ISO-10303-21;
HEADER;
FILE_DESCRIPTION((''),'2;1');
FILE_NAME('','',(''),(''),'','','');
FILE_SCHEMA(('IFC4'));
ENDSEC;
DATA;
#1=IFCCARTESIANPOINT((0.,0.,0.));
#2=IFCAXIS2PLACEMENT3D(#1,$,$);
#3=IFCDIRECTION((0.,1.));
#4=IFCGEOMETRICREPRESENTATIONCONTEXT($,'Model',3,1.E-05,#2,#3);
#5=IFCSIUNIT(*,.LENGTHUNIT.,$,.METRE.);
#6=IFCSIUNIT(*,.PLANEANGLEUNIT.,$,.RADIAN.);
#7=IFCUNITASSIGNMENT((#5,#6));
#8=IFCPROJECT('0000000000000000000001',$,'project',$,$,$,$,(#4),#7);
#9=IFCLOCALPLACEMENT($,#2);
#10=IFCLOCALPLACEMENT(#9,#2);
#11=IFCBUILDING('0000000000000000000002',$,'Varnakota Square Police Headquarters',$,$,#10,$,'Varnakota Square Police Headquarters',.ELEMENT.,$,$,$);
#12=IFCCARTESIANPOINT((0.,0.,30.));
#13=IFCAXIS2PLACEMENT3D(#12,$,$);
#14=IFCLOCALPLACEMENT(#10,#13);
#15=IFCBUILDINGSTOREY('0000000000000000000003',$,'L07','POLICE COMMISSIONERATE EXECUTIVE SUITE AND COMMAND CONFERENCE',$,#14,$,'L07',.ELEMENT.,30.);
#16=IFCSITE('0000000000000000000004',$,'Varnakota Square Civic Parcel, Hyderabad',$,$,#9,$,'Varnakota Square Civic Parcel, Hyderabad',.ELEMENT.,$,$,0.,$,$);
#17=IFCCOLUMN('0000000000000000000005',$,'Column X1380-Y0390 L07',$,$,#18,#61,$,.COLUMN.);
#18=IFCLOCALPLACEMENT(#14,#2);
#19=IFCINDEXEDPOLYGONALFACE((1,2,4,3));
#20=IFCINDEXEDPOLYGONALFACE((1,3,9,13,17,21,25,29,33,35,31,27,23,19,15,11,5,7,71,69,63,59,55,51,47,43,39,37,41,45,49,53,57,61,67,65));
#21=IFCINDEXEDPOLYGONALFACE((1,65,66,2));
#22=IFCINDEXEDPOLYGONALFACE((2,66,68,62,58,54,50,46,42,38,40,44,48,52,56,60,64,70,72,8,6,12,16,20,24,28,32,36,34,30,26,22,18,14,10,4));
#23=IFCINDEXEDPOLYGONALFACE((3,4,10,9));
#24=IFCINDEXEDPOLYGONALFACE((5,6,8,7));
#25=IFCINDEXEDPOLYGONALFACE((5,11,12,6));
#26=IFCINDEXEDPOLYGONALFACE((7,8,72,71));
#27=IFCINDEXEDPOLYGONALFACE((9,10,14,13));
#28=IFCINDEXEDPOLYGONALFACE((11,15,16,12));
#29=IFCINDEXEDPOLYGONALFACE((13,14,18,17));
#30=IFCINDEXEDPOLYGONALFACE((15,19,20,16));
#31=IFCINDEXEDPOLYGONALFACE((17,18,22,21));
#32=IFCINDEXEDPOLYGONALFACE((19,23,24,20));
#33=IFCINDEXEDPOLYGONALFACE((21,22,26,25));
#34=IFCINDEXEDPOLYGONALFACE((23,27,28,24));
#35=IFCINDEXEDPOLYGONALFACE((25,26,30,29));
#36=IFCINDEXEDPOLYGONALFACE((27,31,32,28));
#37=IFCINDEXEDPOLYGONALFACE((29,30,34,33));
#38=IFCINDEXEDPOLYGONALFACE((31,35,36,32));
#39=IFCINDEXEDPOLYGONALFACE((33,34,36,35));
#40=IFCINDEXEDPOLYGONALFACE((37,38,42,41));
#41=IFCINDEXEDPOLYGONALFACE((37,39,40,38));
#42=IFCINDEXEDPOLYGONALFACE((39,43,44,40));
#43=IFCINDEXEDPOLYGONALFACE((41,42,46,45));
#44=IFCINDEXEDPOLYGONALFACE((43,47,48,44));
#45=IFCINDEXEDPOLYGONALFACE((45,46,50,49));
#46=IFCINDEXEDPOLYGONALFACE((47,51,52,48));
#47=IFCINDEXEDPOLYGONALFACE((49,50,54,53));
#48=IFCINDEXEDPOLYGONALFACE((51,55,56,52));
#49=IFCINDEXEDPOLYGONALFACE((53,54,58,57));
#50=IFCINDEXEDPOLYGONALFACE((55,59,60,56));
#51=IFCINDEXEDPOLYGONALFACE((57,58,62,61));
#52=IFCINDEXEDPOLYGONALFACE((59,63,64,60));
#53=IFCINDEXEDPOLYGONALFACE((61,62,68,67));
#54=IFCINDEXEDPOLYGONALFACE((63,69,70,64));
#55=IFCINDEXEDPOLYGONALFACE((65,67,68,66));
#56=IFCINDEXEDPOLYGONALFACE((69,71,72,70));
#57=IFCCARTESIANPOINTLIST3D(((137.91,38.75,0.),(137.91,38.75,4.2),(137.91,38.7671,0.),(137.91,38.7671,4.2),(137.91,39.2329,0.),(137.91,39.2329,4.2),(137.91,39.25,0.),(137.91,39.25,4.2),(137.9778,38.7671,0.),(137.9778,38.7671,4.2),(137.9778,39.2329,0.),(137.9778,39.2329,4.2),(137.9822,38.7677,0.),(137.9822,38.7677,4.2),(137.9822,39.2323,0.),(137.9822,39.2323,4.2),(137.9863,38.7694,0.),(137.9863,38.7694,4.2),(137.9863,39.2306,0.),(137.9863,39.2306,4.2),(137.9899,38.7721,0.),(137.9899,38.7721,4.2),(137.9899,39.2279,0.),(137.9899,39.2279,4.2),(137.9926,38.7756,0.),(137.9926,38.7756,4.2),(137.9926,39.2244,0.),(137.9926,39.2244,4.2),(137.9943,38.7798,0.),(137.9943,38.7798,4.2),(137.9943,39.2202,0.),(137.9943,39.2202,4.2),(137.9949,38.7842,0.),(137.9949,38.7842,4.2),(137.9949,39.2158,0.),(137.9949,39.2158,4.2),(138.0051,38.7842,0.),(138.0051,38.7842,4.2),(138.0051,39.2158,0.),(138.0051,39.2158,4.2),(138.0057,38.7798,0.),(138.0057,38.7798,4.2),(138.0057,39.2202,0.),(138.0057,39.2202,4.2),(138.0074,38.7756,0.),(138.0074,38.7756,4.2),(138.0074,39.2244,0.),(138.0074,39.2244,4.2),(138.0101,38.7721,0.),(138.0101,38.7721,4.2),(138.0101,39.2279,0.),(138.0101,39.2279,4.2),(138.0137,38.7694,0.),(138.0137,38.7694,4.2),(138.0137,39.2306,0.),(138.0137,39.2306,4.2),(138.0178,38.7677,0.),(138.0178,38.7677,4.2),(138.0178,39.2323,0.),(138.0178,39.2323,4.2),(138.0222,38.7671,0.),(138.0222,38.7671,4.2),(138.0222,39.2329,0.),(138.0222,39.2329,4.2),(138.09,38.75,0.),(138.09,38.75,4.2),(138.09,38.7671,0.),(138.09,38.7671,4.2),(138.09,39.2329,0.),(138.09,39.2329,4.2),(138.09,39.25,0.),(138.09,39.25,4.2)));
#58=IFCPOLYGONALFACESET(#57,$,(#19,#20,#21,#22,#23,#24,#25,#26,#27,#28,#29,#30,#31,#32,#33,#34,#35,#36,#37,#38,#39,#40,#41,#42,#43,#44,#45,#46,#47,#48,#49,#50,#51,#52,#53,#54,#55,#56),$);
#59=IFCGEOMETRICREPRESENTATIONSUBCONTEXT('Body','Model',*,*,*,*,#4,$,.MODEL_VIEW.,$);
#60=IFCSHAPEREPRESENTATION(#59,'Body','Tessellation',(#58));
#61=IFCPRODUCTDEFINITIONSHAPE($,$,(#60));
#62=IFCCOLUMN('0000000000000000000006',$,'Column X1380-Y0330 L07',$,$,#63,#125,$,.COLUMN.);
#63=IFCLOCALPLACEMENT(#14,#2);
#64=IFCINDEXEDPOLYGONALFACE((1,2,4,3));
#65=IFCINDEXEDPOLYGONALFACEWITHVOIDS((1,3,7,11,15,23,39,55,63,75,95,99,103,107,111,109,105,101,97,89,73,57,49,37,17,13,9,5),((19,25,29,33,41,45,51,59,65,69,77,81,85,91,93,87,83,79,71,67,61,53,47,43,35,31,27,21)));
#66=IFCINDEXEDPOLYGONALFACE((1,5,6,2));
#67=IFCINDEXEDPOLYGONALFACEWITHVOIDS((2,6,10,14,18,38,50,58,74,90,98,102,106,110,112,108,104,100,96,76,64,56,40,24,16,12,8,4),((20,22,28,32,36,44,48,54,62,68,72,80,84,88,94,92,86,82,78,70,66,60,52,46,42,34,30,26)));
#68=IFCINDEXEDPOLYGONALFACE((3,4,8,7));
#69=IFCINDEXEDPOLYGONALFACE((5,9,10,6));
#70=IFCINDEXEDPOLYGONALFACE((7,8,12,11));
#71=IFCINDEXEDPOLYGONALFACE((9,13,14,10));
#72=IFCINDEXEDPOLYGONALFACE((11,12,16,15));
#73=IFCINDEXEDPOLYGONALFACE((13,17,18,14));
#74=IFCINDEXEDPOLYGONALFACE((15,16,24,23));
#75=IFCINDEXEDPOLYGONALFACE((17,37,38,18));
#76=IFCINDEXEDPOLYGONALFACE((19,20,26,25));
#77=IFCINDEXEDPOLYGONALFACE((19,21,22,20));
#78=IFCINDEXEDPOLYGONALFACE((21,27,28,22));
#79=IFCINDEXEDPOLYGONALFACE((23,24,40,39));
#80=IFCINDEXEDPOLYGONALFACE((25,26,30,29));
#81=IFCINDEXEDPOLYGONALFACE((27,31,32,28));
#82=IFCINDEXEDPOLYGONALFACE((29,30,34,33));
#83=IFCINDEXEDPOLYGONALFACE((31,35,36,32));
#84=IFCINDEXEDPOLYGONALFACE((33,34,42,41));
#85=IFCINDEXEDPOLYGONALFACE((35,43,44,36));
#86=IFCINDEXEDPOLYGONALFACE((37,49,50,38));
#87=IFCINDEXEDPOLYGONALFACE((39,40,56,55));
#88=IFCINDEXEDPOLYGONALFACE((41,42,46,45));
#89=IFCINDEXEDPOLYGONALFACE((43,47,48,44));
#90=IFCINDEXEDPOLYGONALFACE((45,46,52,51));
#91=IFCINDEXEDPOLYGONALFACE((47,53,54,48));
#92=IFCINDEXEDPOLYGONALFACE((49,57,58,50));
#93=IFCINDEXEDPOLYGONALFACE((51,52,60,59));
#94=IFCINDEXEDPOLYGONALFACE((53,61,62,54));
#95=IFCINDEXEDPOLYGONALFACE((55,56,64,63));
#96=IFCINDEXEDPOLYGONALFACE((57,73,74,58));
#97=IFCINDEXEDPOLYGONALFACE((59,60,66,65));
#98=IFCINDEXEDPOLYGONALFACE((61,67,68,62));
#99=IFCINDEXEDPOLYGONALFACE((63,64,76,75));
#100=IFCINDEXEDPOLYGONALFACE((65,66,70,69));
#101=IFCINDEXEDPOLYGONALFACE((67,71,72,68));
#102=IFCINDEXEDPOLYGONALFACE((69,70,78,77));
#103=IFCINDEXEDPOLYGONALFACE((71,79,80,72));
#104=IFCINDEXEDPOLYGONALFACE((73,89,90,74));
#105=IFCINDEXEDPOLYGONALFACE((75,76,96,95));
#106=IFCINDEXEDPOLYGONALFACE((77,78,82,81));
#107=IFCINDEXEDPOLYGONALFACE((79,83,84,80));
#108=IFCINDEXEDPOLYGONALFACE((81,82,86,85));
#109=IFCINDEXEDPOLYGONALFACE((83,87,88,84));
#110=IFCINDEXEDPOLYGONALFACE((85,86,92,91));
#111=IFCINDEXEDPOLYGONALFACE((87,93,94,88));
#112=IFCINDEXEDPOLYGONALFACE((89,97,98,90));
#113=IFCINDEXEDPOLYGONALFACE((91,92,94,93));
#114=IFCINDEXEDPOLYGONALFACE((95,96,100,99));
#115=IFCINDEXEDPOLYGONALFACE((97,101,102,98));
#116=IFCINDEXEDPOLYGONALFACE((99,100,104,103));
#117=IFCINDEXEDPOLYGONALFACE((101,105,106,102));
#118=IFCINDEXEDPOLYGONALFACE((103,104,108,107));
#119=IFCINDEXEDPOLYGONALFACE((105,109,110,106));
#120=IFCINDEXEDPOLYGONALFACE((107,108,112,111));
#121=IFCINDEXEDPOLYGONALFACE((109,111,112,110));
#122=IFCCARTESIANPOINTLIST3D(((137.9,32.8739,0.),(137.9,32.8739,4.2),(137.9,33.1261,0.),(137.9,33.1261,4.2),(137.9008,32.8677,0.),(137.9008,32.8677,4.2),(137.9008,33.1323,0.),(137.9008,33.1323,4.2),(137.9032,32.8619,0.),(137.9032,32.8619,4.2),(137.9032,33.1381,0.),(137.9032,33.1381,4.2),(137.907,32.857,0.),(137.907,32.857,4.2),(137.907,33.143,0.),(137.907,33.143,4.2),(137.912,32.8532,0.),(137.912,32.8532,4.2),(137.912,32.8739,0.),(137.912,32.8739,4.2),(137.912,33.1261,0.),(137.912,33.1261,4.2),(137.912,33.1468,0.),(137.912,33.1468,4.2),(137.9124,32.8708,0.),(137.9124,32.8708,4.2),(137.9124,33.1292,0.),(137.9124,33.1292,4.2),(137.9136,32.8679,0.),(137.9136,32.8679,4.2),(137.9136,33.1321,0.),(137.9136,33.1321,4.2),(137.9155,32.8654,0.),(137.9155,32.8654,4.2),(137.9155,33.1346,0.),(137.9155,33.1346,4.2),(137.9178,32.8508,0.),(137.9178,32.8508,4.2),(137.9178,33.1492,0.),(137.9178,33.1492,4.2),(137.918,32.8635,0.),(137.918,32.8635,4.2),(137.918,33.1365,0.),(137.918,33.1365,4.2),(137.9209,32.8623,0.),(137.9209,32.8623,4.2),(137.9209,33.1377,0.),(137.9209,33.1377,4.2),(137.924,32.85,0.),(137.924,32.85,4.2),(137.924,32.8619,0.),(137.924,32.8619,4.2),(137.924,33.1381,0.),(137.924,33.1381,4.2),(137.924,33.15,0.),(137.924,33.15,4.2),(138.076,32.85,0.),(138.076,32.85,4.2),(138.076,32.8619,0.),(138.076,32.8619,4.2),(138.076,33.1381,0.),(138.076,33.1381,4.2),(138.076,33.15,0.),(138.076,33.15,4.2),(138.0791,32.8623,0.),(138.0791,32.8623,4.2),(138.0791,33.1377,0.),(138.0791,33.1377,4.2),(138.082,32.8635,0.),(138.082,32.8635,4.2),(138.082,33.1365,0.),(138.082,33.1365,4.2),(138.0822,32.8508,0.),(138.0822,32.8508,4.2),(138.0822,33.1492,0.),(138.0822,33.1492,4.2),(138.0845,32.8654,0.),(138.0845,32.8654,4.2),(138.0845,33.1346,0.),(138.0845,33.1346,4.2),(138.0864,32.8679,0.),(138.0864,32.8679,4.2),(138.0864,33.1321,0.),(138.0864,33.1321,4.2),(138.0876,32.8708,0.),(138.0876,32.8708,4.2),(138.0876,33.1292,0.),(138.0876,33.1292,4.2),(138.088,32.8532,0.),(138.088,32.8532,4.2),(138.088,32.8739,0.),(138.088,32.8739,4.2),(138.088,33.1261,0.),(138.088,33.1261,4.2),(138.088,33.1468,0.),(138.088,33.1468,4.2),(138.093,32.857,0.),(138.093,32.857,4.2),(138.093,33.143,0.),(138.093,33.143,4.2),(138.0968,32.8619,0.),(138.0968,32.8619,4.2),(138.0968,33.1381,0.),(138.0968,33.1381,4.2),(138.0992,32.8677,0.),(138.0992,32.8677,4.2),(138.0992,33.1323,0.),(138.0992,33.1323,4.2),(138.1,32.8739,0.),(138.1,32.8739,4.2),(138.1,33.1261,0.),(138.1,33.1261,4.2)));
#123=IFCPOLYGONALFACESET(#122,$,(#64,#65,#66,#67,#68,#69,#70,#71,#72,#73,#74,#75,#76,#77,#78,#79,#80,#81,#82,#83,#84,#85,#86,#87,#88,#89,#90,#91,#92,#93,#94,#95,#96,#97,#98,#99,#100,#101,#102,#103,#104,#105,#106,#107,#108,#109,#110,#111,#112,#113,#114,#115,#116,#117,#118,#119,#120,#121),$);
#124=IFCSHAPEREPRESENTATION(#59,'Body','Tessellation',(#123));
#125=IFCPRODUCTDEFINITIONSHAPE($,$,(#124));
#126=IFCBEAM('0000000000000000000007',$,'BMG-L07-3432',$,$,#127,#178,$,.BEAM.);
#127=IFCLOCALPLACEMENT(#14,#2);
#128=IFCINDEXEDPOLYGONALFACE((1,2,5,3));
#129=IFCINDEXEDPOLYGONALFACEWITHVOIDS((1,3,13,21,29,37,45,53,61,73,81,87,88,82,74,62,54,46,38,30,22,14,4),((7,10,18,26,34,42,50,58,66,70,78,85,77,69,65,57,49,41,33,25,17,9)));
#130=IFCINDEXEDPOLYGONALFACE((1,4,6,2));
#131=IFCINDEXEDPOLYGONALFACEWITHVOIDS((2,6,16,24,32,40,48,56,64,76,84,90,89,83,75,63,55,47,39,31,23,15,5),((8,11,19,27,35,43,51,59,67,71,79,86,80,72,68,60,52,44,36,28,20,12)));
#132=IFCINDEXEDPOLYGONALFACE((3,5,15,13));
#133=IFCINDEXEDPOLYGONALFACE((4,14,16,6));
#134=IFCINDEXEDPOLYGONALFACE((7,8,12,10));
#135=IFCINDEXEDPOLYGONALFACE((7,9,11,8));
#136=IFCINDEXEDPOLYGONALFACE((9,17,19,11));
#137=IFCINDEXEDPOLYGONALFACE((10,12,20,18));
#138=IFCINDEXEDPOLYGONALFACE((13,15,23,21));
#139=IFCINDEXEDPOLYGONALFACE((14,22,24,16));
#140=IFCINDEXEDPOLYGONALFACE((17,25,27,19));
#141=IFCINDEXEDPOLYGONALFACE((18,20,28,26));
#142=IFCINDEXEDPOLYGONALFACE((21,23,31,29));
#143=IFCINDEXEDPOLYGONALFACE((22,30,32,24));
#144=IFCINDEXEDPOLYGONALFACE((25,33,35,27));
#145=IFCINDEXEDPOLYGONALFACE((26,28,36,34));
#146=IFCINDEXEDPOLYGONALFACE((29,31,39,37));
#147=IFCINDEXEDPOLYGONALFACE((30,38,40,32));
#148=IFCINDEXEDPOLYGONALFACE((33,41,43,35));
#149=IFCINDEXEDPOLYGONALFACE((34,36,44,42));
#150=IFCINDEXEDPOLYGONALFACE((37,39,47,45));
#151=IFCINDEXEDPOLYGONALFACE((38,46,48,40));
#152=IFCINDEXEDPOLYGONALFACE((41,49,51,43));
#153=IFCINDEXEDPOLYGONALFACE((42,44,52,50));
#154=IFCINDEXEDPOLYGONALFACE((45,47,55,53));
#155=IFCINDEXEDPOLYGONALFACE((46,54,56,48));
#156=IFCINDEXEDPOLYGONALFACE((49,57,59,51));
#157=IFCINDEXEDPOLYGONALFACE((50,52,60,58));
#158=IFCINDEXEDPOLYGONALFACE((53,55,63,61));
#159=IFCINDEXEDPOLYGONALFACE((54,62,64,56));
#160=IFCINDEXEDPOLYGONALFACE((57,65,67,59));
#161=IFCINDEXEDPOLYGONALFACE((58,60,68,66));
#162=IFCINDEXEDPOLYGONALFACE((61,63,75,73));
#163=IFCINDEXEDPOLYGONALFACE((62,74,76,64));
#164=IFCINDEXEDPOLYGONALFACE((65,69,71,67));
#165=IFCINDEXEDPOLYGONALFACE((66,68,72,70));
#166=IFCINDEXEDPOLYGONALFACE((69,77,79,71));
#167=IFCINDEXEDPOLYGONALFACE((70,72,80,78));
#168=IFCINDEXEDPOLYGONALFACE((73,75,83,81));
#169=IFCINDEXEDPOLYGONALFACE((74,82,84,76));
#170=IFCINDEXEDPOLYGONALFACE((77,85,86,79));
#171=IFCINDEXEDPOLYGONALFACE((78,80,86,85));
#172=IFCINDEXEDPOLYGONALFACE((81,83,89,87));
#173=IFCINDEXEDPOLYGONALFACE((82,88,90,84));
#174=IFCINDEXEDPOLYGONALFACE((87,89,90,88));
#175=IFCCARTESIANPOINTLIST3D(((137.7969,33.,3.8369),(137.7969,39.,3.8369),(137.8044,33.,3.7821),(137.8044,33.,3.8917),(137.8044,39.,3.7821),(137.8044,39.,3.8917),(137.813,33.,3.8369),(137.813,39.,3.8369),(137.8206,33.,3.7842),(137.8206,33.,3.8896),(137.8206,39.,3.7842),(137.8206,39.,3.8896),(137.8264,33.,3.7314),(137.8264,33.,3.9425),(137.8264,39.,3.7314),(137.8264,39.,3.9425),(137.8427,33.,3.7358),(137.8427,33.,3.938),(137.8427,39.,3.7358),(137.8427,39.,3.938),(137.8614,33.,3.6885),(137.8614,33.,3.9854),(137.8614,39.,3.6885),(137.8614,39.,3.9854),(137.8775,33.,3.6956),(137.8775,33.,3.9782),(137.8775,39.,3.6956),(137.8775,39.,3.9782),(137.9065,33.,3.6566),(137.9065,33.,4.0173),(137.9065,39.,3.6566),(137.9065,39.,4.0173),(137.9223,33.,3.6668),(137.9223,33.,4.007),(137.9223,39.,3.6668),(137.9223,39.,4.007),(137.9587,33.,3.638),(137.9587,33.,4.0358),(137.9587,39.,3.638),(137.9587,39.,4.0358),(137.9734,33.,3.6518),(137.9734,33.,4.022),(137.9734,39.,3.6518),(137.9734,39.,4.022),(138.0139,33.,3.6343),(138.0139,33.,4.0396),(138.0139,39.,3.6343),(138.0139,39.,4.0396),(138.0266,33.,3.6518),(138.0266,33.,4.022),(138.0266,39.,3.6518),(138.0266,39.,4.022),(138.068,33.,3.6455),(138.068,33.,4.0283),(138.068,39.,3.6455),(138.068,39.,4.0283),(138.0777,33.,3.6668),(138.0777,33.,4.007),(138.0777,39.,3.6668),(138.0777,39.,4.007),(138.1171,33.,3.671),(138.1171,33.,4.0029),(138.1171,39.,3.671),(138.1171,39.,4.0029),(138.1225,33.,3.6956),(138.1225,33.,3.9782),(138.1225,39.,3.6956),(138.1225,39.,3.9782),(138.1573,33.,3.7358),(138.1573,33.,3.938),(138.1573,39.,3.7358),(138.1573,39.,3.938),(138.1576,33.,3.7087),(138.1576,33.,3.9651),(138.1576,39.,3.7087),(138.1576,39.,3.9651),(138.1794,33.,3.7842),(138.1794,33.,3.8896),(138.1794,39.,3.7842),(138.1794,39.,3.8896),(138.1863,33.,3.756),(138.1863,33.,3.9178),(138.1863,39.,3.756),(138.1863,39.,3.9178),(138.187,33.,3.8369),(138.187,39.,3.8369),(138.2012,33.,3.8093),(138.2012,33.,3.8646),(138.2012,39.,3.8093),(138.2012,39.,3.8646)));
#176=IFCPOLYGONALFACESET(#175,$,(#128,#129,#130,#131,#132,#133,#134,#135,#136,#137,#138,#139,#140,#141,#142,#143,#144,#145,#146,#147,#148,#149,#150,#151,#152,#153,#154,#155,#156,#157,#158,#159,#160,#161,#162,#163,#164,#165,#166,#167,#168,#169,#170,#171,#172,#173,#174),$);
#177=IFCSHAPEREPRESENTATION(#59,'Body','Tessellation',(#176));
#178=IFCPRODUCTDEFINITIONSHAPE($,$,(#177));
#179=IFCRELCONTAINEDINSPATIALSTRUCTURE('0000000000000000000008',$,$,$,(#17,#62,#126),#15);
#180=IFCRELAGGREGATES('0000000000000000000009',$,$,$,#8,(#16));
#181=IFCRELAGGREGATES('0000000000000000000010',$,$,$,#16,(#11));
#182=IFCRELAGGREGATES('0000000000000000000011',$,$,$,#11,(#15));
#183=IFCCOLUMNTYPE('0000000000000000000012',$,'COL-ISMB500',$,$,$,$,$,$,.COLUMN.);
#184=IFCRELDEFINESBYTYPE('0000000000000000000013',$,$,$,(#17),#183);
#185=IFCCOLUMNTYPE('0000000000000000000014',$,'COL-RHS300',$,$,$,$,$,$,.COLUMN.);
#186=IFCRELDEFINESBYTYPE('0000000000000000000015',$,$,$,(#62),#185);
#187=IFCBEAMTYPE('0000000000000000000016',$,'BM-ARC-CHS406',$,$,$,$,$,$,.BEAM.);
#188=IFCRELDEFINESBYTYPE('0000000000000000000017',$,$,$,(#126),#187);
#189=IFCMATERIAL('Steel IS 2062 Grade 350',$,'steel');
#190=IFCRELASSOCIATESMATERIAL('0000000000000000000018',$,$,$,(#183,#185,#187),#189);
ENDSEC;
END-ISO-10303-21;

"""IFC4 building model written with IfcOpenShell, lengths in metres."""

from ifc_helpers import new_model, si_unit, direction, frame, origin, origin_2d, place, context, subcontext, project, spatial, hollow_rectangle, hollow_circle, i_section, extrude, material, material_profile, profile_set, type_object, element, save


model = new_model("IFC4")

# Units and contexts
model_context = context("Model", 3, precision=1e-05, world=origin(), true_north=direction((0.0, 1.0)))
body_context = subcontext(model_context, "Body", "Model", "MODEL_VIEW")
ifc_project = project(units=[si_unit("LENGTHUNIT", "METRE"), si_unit("PLANEANGLEUNIT", "RADIAN")], contexts=[model_context])

# Site, building, storey
site_placement = place(None, origin())
site = spatial("IfcSite", under=ifc_project, at=site_placement, Name="Varnakota Square Civic Parcel, Hyderabad", LongName="Varnakota Square Civic Parcel, Hyderabad", CompositionType="ELEMENT", RefElevation=0.0)
building_placement = place(site_placement, origin())
building = spatial("IfcBuilding", under=site, at=building_placement, Name="Varnakota Square Police Headquarters", LongName="Varnakota Square Police Headquarters", CompositionType="ELEMENT")
storey_placement = place(building_placement, frame((0.0, 0.0, 30.0)))
storey = spatial("IfcBuildingStorey", under=building, at=storey_placement, Name="L07", Description="POLICE COMMISSIONERATE EXECUTIVE SUITE AND COMMAND CONFERENCE", LongName="L07", CompositionType="ELEMENT", Elevation=30.0)

# Columns
ifc_material_1 = material(Name="Steel IS 2062 Grade 350", Category="steel")
ifc_material_profile_1 = material_profile(ifc_material_1, i_section(OverallWidth=0.1799, OverallDepth=0.5, WebThickness=0.0103, FlangeThickness=0.0171, FilletRadius=0.0171, at=origin_2d()), Name="ISMB 500")
ifc_profile_set_1 = profile_set([ifc_material_profile_1], Name="Steel IS 2062 Grade 350")
column_type_1 = type_object("IfcColumnType", Name="COL-ISMB500", PredefinedType="COLUMN", material=ifc_profile_set_1)
column_1_placement = place(storey_placement, frame((138.0, 39.0, 0.0), z_axis=(0.0, 0.0, 1.0), x_axis=(1.0, 0.0, 0.0)))
element("IfcColumn", 1, at=column_1_placement, inside=storey, type_object=column_type_1, Name="Column X1380-Y0390 L07", PredefinedType="COLUMN", context=body_context, shape_type="SweptSolid", body=[
    extrude(i_section(OverallWidth=0.1799, OverallDepth=0.5, WebThickness=0.0103, FlangeThickness=0.0171, FilletRadius=0.0171, at=origin_2d()), origin(), (0.0, 0.0, 1.0), 4.2),
])
ifc_material_profile_2 = material_profile(ifc_material_1, hollow_rectangle(XDim=0.2, YDim=0.3, WallThickness=0.012, InnerFilletRadius=0.012, OuterFilletRadius=0.0239, at=origin_2d()), Name="RHS 300x200x12")
ifc_profile_set_2 = profile_set([ifc_material_profile_2], Name="Steel IS 2062 Grade 350")
column_type_2 = type_object("IfcColumnType", Name="COL-RHS300", PredefinedType="COLUMN", material=ifc_profile_set_2)
column_2_placement = place(storey_placement, frame((138.0, 33.0, 0.0), z_axis=(0.0, 0.0, 1.0), x_axis=(1.0, 0.0, 0.0)))
element("IfcColumn", 2, at=column_2_placement, inside=storey, type_object=column_type_2, Name="Column X1380-Y0330 L07", PredefinedType="COLUMN", context=body_context, shape_type="SweptSolid", body=[
    extrude(hollow_rectangle(XDim=0.2, YDim=0.3, WallThickness=0.012, InnerFilletRadius=0.012, OuterFilletRadius=0.0239, at=origin_2d()), origin(), (0.0, 0.0, 1.0), 4.2),
])

# Beam
ifc_material_profile_3 = material_profile(ifc_material_1, hollow_circle(Radius=0.2031, WallThickness=0.0161, at=origin_2d()), Name="CHS 406.4x16.0")
ifc_profile_set_3 = profile_set([ifc_material_profile_3], Name="Steel IS 2062 Grade 350")
beam_type_1 = type_object("IfcBeamType", Name="BM-ARC-CHS406", PredefinedType="BEAM", material=ifc_profile_set_3)
beam_1_placement = place(storey_placement, frame((138.0, 33.0, 3.8369), z_axis=(0.0, 1.0, 0.0), x_axis=(-1.0, 0.0, 0.0)))
element("IfcBeam", 3, at=beam_1_placement, inside=storey, type_object=beam_type_1, Name="BMG-L07-3432", PredefinedType="BEAM", context=body_context, shape_type="SweptSolid", body=[
    extrude(hollow_circle(Radius=0.2031, WallThickness=0.0161, at=origin_2d()), origin(), (0.0, 0.0, 1.0), 6.0),
])

save(model, "model.ifc")
